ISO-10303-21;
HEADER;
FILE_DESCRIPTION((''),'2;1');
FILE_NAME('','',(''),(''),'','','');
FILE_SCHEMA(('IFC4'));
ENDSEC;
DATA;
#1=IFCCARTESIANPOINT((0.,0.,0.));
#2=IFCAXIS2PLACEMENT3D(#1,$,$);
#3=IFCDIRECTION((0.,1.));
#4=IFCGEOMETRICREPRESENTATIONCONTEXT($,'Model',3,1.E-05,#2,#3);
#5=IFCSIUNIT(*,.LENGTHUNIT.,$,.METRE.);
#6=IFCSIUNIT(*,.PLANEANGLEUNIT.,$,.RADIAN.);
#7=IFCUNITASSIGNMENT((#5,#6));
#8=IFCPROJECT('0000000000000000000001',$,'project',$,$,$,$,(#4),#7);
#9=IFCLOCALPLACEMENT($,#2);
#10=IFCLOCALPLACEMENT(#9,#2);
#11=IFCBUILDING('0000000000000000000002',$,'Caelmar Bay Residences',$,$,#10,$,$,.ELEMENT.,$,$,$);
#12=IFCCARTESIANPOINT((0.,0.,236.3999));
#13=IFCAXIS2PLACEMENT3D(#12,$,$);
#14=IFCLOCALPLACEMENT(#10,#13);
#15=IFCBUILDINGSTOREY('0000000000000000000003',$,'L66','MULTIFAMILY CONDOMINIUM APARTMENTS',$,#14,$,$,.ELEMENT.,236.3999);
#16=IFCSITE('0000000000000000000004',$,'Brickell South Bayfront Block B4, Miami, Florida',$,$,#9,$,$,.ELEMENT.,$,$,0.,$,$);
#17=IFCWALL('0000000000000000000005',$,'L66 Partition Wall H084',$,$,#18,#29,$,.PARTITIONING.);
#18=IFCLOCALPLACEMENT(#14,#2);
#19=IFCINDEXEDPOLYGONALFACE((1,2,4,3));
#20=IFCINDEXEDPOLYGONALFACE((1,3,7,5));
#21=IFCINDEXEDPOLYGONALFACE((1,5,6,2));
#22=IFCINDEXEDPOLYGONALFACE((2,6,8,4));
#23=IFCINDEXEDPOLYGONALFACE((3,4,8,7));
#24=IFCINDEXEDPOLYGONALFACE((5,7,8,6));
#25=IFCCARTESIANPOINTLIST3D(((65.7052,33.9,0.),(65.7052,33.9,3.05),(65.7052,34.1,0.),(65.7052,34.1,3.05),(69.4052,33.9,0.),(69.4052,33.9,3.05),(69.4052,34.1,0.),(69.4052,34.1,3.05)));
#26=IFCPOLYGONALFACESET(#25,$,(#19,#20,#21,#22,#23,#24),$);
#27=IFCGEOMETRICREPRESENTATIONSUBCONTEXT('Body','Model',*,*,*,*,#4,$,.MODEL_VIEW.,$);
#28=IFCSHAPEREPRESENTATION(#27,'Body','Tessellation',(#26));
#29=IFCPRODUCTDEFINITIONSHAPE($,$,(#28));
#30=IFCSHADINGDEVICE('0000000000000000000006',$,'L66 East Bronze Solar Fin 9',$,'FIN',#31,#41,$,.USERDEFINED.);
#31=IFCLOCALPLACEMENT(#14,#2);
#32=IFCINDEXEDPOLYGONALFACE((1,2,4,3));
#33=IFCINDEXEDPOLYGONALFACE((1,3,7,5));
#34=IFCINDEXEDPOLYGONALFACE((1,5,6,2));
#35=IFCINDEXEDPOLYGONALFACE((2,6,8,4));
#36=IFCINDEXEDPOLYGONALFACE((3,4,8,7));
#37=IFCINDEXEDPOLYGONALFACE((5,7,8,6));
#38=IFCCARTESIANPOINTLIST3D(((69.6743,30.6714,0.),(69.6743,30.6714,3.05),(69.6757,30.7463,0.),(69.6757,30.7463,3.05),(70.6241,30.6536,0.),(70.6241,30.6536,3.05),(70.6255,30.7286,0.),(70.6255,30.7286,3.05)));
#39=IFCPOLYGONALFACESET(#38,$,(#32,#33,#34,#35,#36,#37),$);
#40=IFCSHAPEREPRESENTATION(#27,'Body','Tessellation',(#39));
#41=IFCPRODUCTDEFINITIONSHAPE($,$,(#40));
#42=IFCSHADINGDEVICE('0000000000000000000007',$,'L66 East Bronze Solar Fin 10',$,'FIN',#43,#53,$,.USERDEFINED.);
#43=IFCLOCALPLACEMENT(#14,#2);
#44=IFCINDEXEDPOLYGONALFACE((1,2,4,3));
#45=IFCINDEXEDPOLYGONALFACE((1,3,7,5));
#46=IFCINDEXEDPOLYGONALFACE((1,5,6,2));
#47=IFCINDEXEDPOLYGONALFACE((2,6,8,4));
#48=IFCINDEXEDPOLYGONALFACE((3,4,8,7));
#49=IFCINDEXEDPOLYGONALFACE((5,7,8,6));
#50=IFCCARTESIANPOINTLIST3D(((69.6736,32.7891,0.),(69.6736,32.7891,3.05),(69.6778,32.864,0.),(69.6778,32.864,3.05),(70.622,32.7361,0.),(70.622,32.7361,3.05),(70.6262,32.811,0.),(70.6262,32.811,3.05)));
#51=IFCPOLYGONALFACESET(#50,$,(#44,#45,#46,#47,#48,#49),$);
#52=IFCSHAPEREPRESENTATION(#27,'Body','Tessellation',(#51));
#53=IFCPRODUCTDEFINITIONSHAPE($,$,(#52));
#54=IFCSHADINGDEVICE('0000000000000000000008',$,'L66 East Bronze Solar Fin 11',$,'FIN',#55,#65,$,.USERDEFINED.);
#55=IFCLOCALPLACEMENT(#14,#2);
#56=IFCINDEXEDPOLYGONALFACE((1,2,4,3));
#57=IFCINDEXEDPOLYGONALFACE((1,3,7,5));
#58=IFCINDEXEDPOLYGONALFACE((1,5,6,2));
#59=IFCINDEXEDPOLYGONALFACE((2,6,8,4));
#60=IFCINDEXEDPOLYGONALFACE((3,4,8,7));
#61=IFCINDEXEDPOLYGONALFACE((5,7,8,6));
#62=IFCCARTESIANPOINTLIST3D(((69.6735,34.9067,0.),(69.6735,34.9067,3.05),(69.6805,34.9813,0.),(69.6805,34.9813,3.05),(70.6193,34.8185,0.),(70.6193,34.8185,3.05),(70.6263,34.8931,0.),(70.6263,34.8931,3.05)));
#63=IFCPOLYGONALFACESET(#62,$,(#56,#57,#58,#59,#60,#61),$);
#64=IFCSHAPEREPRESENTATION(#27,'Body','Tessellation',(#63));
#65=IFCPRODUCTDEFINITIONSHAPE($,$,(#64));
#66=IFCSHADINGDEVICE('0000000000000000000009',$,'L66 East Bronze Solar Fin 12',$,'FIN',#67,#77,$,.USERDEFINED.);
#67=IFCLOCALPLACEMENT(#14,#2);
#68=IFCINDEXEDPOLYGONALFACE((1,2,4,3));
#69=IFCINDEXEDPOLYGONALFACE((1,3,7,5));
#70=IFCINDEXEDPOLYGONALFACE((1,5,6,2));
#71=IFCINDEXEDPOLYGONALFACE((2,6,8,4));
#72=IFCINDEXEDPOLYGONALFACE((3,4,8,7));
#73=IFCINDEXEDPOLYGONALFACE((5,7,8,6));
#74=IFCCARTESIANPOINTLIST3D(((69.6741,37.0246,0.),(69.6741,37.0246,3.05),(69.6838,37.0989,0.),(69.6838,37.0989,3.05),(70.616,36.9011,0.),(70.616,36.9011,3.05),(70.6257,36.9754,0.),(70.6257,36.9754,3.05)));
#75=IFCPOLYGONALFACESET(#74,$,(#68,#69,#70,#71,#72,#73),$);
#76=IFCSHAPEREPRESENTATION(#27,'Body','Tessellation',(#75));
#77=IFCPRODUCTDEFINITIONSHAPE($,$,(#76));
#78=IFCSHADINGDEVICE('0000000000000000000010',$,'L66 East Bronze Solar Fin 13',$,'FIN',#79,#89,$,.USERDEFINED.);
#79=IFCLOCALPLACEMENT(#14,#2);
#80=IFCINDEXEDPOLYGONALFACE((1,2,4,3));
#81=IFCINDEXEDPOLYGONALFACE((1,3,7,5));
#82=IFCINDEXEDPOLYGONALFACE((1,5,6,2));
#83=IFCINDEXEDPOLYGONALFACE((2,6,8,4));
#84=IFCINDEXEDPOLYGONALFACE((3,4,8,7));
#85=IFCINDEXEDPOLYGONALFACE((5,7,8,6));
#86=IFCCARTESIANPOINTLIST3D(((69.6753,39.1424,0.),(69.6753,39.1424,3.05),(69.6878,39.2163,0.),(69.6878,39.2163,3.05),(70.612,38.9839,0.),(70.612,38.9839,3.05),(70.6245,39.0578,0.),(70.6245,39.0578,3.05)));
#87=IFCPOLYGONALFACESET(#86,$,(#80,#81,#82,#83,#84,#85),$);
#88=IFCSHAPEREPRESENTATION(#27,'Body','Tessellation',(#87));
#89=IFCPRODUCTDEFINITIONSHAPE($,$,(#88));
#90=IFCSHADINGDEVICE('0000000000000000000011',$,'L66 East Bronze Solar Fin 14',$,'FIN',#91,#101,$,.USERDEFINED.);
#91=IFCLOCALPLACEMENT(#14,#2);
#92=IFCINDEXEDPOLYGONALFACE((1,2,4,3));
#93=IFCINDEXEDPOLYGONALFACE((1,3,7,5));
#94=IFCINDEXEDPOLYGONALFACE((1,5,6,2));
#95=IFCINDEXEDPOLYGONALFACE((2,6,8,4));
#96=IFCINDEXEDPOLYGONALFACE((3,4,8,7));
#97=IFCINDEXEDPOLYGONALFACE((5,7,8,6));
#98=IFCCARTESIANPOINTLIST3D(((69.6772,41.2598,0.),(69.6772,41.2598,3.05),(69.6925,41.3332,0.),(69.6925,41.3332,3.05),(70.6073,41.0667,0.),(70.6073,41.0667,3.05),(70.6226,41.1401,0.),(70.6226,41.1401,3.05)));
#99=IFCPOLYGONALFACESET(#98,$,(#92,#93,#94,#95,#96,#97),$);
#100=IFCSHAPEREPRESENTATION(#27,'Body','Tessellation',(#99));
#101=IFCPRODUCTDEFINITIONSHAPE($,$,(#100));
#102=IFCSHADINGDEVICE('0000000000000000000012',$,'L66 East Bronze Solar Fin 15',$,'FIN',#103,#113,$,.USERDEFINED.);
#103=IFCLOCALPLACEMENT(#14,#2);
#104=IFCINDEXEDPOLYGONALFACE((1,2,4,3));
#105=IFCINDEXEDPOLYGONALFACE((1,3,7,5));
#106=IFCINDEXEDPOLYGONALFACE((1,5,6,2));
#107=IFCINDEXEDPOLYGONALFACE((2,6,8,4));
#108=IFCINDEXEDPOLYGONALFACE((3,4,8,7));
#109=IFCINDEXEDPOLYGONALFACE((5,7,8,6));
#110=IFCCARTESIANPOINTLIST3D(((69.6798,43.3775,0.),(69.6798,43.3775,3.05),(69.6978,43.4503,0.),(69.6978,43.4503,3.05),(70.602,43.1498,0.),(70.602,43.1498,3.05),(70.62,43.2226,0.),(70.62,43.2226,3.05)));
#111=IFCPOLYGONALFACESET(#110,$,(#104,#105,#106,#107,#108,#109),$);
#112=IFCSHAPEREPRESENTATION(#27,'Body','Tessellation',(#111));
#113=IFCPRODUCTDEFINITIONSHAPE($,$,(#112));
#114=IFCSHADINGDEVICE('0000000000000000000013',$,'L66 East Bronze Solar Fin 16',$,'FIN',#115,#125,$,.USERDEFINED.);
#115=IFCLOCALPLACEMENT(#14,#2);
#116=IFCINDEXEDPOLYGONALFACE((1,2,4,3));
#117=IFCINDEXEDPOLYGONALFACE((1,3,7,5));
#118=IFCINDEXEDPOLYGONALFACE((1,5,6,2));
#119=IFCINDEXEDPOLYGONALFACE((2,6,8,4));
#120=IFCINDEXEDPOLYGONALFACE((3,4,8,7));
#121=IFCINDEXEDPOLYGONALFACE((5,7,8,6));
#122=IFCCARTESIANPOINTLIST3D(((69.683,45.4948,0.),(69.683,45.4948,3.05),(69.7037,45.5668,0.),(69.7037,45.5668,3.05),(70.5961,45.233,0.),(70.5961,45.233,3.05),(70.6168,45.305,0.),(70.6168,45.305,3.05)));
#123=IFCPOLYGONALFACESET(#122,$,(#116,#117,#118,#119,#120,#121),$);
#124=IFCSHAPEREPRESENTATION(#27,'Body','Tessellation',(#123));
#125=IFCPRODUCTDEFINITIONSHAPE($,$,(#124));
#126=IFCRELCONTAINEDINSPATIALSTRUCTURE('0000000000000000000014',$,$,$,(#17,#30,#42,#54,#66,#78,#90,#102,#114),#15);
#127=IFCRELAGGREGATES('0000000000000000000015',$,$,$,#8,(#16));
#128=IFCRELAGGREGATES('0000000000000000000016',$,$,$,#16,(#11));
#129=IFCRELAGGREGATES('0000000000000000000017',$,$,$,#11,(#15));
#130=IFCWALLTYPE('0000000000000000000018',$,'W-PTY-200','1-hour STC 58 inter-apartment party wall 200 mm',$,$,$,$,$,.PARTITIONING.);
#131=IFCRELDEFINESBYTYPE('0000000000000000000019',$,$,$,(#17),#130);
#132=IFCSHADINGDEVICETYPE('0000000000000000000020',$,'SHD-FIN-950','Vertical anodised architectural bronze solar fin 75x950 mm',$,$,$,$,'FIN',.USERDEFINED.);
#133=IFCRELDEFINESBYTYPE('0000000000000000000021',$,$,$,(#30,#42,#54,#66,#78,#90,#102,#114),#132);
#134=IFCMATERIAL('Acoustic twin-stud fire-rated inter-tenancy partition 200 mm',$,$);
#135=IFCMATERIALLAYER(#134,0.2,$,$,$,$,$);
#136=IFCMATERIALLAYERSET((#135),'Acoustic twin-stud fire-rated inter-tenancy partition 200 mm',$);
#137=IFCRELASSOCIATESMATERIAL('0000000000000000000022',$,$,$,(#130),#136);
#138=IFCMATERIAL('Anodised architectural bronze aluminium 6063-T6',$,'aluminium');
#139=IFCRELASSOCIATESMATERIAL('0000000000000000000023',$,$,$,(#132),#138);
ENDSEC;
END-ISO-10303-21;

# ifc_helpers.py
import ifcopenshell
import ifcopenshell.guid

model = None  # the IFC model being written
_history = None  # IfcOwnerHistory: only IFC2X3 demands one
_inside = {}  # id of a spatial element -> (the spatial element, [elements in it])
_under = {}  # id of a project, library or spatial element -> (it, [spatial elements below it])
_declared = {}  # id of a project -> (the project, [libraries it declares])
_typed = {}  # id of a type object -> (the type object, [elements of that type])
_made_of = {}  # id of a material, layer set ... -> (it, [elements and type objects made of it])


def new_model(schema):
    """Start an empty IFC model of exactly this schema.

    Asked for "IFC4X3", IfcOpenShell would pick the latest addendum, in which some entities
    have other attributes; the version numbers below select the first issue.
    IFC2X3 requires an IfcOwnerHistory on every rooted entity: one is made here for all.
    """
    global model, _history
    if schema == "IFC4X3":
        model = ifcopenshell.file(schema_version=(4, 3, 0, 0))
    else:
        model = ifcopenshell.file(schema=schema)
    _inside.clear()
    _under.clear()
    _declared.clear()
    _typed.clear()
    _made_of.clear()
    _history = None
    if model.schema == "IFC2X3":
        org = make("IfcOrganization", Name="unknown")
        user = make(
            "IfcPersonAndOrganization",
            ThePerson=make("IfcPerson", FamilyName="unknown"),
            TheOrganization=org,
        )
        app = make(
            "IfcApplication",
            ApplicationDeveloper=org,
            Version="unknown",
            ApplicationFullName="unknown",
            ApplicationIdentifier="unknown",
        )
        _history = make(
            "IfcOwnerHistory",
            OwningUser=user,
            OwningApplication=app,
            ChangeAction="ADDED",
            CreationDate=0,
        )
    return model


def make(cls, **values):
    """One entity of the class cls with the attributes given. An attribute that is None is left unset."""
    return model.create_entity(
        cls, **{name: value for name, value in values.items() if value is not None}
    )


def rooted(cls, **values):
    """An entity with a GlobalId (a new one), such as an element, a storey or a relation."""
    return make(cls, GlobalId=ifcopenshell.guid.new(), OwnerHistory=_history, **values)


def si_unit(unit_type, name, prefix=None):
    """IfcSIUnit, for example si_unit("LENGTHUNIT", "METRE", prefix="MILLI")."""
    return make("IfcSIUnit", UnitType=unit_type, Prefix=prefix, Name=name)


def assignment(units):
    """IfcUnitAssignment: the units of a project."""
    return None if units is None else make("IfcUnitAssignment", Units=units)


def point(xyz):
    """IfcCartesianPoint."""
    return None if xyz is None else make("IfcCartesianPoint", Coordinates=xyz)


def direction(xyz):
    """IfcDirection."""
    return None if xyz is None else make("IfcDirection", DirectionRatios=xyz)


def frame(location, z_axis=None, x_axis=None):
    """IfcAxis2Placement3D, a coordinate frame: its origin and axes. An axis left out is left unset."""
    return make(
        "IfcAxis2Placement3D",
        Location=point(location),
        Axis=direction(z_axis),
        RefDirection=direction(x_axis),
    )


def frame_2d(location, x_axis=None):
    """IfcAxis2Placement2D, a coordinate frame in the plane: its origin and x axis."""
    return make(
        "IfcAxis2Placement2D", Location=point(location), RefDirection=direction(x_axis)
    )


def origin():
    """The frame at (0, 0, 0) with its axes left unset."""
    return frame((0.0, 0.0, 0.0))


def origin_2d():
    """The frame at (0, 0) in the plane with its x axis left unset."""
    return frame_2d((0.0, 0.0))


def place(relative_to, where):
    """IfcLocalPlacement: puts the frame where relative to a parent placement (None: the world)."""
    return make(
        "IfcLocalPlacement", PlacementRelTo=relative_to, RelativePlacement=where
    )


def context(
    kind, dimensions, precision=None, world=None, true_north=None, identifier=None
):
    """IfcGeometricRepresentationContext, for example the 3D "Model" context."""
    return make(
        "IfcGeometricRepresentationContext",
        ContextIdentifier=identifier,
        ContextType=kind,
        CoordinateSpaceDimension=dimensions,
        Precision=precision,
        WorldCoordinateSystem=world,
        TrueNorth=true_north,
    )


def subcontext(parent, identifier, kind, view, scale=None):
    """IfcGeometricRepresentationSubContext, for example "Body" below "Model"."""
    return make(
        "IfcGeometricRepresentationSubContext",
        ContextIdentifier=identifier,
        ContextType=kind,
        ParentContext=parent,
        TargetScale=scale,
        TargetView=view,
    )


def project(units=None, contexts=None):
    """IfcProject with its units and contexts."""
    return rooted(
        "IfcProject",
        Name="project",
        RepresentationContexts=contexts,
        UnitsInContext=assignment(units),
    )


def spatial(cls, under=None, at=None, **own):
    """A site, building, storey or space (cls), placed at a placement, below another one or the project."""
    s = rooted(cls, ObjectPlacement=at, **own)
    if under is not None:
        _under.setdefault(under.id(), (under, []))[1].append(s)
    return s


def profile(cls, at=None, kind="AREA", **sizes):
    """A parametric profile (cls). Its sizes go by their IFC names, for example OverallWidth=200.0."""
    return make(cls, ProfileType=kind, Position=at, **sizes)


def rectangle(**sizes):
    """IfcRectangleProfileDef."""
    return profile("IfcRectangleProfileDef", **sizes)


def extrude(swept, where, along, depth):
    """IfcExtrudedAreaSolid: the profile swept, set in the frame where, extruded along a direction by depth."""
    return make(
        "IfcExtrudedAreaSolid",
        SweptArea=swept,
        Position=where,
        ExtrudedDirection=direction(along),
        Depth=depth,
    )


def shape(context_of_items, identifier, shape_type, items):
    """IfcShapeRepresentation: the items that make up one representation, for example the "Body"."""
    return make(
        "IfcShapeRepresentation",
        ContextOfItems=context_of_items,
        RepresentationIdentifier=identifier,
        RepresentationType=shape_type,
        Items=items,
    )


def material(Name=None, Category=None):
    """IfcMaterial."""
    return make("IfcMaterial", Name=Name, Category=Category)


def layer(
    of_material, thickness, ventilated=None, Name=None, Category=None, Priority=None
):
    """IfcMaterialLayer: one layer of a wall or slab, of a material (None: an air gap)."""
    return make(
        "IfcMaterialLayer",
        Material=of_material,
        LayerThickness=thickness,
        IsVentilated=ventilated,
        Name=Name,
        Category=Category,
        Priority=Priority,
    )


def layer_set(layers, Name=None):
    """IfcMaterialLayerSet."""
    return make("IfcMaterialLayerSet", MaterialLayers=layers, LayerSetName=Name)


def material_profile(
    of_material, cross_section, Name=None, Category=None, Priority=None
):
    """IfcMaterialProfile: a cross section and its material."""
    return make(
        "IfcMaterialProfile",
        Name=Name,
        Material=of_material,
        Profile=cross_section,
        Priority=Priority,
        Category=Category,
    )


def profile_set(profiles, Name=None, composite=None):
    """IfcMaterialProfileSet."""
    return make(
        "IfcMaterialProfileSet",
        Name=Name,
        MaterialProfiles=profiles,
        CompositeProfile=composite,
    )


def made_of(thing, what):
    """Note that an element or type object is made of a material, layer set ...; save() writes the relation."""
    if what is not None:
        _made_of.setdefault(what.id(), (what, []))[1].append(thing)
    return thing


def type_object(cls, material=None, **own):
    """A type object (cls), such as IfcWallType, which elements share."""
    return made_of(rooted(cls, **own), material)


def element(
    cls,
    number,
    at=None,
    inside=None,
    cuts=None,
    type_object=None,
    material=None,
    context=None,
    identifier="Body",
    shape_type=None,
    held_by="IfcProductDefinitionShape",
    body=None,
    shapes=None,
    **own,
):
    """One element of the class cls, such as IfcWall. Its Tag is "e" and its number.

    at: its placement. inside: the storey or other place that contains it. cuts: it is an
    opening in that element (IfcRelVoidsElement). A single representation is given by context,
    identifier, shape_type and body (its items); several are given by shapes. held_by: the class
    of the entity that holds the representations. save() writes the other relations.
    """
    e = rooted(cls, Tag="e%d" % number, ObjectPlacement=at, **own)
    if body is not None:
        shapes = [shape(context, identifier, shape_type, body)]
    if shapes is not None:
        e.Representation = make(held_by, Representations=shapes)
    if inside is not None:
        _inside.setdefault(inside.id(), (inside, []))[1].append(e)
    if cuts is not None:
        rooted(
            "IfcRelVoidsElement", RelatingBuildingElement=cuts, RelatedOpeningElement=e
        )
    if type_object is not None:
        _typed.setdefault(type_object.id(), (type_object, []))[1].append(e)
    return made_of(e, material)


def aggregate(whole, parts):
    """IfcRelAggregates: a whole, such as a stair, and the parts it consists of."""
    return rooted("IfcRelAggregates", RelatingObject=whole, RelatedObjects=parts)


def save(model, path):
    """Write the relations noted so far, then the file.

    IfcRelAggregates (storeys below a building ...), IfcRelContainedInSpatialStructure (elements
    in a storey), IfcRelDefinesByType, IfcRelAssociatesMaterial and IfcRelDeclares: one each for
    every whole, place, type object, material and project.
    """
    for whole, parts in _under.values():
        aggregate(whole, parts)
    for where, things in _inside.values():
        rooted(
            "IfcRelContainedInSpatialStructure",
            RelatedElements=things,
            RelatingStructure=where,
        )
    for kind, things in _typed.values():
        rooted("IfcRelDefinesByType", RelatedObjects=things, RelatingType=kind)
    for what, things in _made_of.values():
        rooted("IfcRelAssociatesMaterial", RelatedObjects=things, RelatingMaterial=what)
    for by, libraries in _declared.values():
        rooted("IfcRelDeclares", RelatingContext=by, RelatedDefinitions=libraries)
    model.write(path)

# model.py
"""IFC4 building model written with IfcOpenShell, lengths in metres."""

from ifc_helpers import new_model, si_unit, direction, frame, frame_2d, origin, origin_2d, place, context, subcontext, project, spatial, rectangle, extrude, material, layer, layer_set, material_profile, profile_set, type_object, element, save


model = new_model("IFC4")

# Units and contexts
model_context = context("Model", 3, precision=1e-05, world=origin(), true_north=direction((0.0, 1.0)))
body_context = subcontext(model_context, "Body", "Model", "MODEL_VIEW")
ifc_project = project(units=[si_unit("LENGTHUNIT", "METRE"), si_unit("PLANEANGLEUNIT", "RADIAN")], contexts=[model_context])

# Site, building, storey
site_placement = place(None, origin())
site = spatial("IfcSite", under=ifc_project, at=site_placement, Name="Brickell South Bayfront Block B4, Miami, Florida", CompositionType="ELEMENT", RefElevation=0.0)
building_placement = place(site_placement, origin())
building = spatial("IfcBuilding", under=site, at=building_placement, Name="Caelmar Bay Residences", CompositionType="ELEMENT")
storey_placement = place(building_placement, frame((0.0, 0.0, 236.3999)))
storey = spatial("IfcBuildingStorey", under=building, at=storey_placement, Name="L66", Description="MULTIFAMILY CONDOMINIUM APARTMENTS", CompositionType="ELEMENT", Elevation=236.3999)

# Wall
ifc_material_1 = material(Name="Acoustic twin-stud fire-rated inter-tenancy partition 200 mm")
ifc_layer_1 = layer(ifc_material_1, 0.2)
ifc_layer_set_1 = layer_set([ifc_layer_1], Name="Acoustic twin-stud fire-rated inter-tenancy partition 200 mm")
wall_type_1 = type_object("IfcWallType", Name="W-PTY-200", Description="1-hour STC 58 inter-apartment party wall 200 mm", PredefinedType="PARTITIONING", material=ifc_layer_set_1)
wall_1_placement = place(storey_placement, frame((65.7051, 34.0, 0.0), z_axis=(0.0, 0.0, 1.0), x_axis=(1.0, 0.0, 0.0)))
element("IfcWall", 1, at=wall_1_placement, inside=storey, type_object=wall_type_1, Name="L66 Partition Wall H084", PredefinedType="PARTITIONING", context=body_context, shape_type="SweptSolid", body=[
    extrude(rectangle(XDim=3.7, YDim=0.2, at=frame_2d((1.8501, 0.0))), origin(), (0.0, 0.0, 1.0), 3.05),
])

# Shading devices
ifc_material_2 = material(Name="Anodised architectural bronze aluminium 6063-T6", Category="aluminium")
ifc_material_profile_1 = material_profile(ifc_material_2, rectangle(XDim=0.075, YDim=0.95, at=origin_2d()), Name="BRONZE-FIN-75X950")
ifc_profile_set_1 = profile_set([ifc_material_profile_1], Name="Anodised architectural bronze aluminium 6063-T6")
shading_device_type = type_object("IfcShadingDeviceType", Name="SHD-FIN-950", Description="Vertical anodised architectural bronze solar fin 75x950 mm", ElementType="FIN", PredefinedType="USERDEFINED", material=ifc_profile_set_1)
for number, where, z_axis, x_axis, name in (
    (2, (70.1499, 30.7, 0.0), (0.0, 0.0, 1.0), (0.018674, 0.999826, 0.0), "L66 East Bronze Solar Fin 9"),
    (3, (70.1499, 32.8, 0.0), (0.0, 0.0, 1.0), (0.055822, 0.998441, 0.0), "L66 East Bronze Solar Fin 10"),
    (4, (70.1499, 34.8999, 0.0), (0.0, 0.0, 1.0), (0.092892, 0.995676, 0.0), "L66 East Bronze Solar Fin 11"),
    (5, (70.1499, 37.0, 0.0), (0.0, 0.0, 1.0), (0.130007, 0.991513, 0.0), "L66 East Bronze Solar Fin 12"),
    (6, (70.1499, 39.1001, 0.0), (0.0, 0.0, 1.0), (0.166769, 0.985996, 0.0), "L66 East Bronze Solar Fin 13"),
    (7, (70.1499, 41.2, 0.0), (0.0, 0.0, 1.0), (0.2033, 0.979116, 0.0), "L66 East Bronze Solar Fin 14"),
    (8, (70.1499, 43.3, 0.0), (0.0, 0.0, 1.0), (0.23972, 0.970842, 0.0), "L66 East Bronze Solar Fin 15"),
    (9, (70.1499, 45.3999, 0.0), (0.0, 0.0, 1.0), (0.275637, 0.961262, 0.0), "L66 East Bronze Solar Fin 16"),
):
    element("IfcShadingDevice", number, at=place(storey_placement, frame(where, z_axis=z_axis, x_axis=x_axis)), inside=storey, type_object=shading_device_type, Name=name, ObjectType="FIN", PredefinedType="USERDEFINED", context=body_context, shape_type="SweptSolid", body=[
        extrude(rectangle(XDim=0.075, YDim=0.95, at=origin_2d()), origin(), (0.0, 0.0, 1.0), 3.05),
    ])

save(model, "model.ifc")
